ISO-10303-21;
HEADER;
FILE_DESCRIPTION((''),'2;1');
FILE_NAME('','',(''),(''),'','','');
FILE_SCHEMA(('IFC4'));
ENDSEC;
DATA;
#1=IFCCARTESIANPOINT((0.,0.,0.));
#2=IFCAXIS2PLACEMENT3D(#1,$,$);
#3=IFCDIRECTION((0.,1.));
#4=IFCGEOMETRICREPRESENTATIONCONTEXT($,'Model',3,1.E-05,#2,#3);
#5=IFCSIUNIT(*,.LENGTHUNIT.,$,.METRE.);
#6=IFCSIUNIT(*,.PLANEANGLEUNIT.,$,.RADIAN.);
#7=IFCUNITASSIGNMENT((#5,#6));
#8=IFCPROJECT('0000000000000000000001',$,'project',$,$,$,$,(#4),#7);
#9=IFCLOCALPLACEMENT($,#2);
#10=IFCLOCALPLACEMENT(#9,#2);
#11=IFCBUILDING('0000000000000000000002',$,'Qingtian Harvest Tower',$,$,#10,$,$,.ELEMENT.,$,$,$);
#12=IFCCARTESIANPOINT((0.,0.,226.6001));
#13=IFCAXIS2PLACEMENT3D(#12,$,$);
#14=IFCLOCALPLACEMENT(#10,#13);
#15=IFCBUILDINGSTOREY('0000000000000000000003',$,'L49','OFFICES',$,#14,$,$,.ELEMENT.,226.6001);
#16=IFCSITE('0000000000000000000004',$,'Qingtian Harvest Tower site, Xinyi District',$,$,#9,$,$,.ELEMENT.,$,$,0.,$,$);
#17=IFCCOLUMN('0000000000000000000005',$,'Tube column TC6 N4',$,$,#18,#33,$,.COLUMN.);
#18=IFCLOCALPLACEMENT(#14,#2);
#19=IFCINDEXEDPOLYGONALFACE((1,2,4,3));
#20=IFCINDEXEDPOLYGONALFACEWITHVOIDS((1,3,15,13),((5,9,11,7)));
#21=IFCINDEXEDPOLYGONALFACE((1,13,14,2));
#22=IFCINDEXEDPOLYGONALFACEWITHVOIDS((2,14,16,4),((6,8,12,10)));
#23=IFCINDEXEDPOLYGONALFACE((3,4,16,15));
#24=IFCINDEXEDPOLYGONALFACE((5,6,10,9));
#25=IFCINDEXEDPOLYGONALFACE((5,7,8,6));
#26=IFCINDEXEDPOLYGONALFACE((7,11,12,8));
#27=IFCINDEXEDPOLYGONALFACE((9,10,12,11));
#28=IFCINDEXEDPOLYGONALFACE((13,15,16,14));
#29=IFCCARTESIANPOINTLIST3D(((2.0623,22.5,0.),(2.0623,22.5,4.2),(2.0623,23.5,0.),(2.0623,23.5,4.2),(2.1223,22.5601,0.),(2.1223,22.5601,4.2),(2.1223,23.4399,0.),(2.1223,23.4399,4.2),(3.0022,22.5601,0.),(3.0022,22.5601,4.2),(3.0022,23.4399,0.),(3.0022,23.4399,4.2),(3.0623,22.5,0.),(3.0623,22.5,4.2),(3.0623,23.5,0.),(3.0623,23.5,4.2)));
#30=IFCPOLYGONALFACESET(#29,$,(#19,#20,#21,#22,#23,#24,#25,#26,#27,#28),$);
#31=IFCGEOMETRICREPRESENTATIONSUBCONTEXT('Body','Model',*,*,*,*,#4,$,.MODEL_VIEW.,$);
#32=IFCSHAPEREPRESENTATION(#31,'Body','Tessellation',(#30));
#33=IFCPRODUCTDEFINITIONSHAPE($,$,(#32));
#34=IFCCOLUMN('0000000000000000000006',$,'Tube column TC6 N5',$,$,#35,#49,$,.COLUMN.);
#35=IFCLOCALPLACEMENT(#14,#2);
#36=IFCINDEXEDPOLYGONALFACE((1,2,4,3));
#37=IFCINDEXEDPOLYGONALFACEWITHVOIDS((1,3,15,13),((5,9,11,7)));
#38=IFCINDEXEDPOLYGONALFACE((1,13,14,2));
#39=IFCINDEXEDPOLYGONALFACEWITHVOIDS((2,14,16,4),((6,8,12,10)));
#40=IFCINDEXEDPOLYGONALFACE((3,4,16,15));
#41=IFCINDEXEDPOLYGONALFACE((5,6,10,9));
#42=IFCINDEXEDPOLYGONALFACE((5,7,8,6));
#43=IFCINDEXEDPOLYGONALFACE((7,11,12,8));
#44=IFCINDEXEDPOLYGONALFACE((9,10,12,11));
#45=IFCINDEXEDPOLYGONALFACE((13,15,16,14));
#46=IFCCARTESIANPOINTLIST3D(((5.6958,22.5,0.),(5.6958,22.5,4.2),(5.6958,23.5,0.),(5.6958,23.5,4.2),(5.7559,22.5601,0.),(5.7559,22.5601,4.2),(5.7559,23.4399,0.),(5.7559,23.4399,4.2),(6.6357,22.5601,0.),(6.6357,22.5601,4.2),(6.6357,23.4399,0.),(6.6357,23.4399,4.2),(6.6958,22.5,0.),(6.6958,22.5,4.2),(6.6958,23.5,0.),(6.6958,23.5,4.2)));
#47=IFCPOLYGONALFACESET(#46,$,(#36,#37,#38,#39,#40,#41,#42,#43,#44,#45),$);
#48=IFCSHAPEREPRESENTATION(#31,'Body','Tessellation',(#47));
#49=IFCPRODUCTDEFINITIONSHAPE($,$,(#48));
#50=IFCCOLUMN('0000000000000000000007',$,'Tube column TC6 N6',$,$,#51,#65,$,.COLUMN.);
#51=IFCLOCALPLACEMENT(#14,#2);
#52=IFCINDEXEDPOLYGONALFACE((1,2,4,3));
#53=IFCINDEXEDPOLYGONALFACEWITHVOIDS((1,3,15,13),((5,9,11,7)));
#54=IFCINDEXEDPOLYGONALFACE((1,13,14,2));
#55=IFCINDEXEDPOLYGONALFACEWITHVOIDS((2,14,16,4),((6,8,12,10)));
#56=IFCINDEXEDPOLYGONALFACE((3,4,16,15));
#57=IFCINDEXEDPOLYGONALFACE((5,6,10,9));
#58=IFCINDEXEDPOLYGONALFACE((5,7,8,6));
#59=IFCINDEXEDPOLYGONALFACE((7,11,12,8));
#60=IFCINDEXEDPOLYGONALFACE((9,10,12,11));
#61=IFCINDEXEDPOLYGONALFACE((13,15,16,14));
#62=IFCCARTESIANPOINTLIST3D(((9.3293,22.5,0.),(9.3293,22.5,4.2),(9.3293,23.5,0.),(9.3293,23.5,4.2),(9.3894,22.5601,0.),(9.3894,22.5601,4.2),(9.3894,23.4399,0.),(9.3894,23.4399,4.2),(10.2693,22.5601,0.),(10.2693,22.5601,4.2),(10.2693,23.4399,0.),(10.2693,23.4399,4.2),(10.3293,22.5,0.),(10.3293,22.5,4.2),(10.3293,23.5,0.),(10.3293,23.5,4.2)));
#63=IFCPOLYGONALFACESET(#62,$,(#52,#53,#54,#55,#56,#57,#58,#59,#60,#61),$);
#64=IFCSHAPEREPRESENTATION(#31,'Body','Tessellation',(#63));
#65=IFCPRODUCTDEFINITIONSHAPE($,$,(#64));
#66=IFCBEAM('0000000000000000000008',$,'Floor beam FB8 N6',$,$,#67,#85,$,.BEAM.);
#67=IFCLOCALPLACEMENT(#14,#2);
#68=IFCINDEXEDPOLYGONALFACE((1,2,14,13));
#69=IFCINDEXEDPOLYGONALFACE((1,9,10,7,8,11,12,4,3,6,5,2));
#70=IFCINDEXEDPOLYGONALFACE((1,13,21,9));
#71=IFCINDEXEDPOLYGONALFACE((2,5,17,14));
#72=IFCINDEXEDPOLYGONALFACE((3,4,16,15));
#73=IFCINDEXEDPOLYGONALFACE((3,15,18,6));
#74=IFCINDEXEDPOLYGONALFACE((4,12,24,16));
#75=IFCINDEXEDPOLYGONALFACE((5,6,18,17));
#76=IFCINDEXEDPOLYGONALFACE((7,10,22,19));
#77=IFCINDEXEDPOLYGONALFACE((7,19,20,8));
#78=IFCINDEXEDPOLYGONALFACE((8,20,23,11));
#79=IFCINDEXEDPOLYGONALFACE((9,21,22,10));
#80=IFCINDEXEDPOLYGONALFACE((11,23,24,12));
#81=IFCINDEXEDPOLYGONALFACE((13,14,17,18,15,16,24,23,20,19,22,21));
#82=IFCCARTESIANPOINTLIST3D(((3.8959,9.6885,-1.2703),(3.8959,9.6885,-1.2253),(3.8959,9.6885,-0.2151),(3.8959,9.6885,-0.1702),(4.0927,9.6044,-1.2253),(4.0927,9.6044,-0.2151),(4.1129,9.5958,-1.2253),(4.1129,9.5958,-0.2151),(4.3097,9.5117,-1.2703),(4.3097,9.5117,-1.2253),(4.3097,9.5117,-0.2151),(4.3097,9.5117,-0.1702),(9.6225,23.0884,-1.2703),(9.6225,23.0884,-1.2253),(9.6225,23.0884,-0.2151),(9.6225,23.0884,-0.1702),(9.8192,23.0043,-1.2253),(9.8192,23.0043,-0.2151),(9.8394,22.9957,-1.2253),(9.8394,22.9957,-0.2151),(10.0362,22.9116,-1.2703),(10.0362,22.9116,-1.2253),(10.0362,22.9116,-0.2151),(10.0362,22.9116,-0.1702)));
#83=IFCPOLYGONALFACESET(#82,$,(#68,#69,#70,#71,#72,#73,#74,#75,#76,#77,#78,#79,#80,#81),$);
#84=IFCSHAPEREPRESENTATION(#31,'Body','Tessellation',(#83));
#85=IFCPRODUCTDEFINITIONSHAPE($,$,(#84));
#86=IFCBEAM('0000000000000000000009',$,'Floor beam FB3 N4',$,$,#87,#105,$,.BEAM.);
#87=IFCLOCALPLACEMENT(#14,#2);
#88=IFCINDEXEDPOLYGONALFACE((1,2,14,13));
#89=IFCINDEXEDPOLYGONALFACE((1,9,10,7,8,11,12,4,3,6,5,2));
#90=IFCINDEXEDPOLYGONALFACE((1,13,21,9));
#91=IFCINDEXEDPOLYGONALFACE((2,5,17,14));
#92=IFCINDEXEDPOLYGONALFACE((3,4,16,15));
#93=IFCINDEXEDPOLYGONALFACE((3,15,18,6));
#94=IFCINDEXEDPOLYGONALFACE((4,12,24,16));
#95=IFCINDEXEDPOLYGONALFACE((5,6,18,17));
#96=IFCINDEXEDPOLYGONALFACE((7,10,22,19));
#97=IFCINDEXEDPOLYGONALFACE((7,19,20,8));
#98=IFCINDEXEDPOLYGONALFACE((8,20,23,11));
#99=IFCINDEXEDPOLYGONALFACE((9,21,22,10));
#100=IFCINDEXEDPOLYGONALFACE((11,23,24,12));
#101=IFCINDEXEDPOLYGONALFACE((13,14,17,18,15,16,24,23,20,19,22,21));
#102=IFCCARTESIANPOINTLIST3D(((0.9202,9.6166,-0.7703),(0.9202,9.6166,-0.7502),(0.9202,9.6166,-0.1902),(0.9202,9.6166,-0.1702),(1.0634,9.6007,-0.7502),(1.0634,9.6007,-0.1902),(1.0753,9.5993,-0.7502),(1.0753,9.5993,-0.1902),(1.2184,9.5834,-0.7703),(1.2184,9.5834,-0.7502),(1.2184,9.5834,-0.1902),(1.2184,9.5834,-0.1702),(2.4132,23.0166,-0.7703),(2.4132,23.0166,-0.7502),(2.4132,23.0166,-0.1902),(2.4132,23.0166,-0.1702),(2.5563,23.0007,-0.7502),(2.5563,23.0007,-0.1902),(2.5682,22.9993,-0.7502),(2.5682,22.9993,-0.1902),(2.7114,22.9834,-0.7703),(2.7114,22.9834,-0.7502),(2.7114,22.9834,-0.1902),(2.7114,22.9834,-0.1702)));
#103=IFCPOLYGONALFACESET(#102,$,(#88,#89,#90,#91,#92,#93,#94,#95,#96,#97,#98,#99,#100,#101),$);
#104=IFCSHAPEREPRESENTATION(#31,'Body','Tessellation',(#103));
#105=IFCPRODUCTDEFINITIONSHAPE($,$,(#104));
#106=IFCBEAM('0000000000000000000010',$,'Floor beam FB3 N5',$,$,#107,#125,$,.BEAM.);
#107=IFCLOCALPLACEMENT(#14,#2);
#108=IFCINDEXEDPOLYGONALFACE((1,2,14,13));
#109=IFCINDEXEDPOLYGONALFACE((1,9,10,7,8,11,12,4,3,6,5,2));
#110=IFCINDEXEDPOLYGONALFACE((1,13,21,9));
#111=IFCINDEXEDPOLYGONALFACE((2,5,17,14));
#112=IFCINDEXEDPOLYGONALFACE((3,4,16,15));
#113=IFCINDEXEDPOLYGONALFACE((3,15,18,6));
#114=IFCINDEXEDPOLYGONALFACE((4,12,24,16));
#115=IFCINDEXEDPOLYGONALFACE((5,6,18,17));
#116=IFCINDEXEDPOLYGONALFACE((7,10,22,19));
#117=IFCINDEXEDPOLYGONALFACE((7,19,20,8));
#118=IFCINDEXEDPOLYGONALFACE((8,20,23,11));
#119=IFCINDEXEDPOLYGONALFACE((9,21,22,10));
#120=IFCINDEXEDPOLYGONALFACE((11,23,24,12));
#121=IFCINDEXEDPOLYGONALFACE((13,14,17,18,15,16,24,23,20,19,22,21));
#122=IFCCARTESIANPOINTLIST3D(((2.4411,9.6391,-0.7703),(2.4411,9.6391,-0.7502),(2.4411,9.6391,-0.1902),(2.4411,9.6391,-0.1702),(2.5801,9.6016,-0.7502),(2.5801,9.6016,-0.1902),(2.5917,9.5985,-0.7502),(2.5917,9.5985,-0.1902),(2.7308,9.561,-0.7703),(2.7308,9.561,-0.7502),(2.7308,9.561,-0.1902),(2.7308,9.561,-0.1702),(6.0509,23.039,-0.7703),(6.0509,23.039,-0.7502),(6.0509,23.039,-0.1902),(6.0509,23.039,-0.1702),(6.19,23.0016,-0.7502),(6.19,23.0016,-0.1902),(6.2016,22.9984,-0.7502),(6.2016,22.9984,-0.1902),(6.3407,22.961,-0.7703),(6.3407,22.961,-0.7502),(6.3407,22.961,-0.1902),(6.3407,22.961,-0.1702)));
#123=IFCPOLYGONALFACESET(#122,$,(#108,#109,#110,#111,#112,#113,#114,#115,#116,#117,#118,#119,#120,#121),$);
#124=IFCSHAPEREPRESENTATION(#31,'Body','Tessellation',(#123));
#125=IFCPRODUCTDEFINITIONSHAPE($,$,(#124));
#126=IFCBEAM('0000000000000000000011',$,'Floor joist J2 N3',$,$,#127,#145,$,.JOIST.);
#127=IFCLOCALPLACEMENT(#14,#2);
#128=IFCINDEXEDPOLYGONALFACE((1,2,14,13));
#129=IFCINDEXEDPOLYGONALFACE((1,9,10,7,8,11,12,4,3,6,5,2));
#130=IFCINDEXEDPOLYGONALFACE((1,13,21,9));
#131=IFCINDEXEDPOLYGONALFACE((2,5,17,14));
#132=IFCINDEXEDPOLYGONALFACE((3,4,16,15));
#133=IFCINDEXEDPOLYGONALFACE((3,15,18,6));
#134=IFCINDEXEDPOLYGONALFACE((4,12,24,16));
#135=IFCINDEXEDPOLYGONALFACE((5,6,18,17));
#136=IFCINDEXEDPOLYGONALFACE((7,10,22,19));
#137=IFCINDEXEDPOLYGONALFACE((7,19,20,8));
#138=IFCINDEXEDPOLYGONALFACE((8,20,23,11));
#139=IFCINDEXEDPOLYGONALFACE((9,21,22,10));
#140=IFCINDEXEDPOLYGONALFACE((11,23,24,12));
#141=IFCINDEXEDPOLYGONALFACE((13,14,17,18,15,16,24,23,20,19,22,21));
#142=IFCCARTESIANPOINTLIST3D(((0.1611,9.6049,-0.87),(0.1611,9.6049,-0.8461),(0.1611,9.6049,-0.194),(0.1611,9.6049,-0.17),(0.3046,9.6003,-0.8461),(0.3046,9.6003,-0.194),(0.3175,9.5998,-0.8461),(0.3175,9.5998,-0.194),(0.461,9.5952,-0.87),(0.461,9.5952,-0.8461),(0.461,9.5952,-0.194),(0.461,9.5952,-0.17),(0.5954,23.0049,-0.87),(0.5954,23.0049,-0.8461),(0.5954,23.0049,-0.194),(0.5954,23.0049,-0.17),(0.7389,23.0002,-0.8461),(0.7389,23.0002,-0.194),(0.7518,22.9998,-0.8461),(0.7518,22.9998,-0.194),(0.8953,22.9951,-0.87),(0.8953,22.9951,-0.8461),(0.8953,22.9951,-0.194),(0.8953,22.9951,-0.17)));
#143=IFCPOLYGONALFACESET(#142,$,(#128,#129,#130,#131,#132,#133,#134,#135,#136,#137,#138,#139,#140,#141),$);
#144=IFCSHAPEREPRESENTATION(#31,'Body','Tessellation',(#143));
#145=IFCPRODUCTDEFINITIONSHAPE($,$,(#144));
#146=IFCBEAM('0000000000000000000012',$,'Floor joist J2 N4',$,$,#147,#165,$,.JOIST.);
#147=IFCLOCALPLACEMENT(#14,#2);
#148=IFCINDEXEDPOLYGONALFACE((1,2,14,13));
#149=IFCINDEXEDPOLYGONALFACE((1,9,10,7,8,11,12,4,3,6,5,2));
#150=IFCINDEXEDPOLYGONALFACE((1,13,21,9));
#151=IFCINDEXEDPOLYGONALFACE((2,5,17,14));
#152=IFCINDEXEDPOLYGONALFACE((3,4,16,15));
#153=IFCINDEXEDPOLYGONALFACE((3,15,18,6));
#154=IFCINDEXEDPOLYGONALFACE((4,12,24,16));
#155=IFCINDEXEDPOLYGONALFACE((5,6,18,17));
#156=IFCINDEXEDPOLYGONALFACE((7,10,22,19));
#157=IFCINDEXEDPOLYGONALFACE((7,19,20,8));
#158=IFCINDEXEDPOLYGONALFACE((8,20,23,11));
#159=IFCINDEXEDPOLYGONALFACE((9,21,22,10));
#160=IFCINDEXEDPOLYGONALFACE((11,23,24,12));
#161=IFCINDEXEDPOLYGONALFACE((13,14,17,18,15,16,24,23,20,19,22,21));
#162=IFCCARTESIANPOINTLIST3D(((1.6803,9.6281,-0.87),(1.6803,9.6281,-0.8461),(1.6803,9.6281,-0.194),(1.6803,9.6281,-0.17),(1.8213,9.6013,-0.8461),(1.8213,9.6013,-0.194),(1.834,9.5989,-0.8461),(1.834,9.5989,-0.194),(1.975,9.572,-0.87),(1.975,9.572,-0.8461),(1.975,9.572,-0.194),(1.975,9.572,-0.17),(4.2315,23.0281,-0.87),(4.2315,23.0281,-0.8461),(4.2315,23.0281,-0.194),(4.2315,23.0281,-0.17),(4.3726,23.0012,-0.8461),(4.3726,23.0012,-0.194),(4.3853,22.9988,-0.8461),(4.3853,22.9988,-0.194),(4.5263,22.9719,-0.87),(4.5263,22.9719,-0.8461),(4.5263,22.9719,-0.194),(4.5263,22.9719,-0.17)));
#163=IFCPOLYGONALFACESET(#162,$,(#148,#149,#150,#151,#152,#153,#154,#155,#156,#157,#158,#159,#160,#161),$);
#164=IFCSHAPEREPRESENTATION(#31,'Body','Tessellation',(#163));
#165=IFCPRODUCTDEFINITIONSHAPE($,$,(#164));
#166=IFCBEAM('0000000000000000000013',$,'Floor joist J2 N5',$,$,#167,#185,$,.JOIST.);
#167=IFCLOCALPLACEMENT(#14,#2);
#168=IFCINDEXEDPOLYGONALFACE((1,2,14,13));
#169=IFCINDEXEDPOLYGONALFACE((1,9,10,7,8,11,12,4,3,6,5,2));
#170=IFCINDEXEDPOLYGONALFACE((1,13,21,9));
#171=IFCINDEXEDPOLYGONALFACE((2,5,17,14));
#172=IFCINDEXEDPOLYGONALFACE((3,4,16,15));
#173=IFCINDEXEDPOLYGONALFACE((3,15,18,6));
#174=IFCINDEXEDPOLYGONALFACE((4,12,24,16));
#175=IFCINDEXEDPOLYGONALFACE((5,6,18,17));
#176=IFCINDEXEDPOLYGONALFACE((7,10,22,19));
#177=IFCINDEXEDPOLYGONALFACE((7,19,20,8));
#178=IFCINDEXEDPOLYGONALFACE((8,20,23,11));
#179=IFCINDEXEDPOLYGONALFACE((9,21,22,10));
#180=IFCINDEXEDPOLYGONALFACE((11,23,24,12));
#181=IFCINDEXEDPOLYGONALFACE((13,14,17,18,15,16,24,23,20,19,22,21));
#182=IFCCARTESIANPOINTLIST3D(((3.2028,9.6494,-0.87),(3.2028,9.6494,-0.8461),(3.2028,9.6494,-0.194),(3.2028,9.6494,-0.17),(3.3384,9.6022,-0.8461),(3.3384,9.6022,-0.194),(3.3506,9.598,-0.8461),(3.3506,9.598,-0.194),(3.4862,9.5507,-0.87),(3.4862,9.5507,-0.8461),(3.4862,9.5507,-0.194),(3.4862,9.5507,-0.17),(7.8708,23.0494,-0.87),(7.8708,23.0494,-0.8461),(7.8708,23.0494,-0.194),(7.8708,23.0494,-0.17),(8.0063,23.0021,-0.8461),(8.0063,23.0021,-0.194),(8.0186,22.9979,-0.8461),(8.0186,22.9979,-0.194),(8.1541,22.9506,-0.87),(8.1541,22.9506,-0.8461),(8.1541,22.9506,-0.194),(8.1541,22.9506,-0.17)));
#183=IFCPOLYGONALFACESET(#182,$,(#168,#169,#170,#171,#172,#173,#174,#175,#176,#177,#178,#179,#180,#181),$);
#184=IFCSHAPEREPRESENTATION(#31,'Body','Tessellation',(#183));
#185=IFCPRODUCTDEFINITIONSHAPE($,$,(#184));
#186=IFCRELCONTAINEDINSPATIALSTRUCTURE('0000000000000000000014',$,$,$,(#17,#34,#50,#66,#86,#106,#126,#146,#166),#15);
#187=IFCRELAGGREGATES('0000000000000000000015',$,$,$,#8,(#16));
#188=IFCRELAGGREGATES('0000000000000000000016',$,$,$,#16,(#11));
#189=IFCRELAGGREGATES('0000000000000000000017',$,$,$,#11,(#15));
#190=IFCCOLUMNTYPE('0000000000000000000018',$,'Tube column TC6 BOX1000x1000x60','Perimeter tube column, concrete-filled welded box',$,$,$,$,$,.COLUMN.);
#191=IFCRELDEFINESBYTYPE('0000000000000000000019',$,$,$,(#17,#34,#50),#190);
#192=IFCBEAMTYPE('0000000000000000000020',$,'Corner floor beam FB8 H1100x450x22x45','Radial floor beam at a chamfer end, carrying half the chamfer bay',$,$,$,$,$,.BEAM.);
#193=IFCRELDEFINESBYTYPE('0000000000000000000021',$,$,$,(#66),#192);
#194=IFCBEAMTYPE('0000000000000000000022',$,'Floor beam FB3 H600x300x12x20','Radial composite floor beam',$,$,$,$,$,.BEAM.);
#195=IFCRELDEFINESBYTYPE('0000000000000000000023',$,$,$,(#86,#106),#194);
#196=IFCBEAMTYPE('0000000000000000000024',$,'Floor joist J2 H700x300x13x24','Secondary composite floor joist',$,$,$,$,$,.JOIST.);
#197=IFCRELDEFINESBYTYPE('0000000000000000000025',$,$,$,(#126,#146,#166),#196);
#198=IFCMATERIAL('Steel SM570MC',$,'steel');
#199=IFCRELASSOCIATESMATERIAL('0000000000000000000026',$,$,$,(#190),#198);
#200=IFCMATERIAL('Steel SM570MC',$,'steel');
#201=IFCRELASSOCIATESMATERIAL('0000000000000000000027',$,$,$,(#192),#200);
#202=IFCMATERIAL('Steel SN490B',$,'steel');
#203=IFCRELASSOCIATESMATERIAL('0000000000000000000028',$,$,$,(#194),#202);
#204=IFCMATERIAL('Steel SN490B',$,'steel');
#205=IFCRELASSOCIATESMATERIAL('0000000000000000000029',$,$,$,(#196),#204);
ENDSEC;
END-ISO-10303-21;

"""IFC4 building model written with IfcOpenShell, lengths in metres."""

from ifc_helpers import new_model, si_unit, direction, frame, origin, origin_2d, place, context, subcontext, project, spatial, hollow_rectangle, i_section, extrude, material, material_profile, profile_set, type_object, element, save


model = new_model("IFC4")

# Units and contexts
model_context = context("Model", 3, precision=1e-05, world=origin(), true_north=direction((0.0, 1.0)))
body_context = subcontext(model_context, "Body", "Model", "MODEL_VIEW")
ifc_project = project(units=[si_unit("LENGTHUNIT", "METRE"), si_unit("PLANEANGLEUNIT", "RADIAN")], contexts=[model_context])

# Site, building, storey
site_placement = place(None, origin())
site = spatial("IfcSite", under=ifc_project, at=site_placement, Name="Qingtian Harvest Tower site, Xinyi District", CompositionType="ELEMENT", RefElevation=0.0)
building_placement = place(site_placement, origin())
building = spatial("IfcBuilding", under=site, at=building_placement, Name="Qingtian Harvest Tower", CompositionType="ELEMENT")
storey_placement = place(building_placement, frame((0.0, 0.0, 226.6001)))
storey = spatial("IfcBuildingStorey", under=building, at=storey_placement, Name="L49", Description="OFFICES", CompositionType="ELEMENT", Elevation=226.6001)

# Columns
ifc_material_1 = material(Name="Steel SM570MC", Category="steel")
ifc_material_profile_1 = material_profile(ifc_material_1, hollow_rectangle(XDim=1.0, YDim=1.0, WallThickness=0.0601, at=origin_2d()), Name="BOX1000x1000x60")
ifc_profile_set_1 = profile_set([ifc_material_profile_1], Name="Steel SM570MC")
column_type = type_object("IfcColumnType", Name="Tube column TC6 BOX1000x1000x60", Description="Perimeter tube column, concrete-filled welded box", PredefinedType="COLUMN", material=ifc_profile_set_1)
for number, where, z_axis, x_axis, name in (
    (1, (2.5623, 23.0, 0.0), (0.0, 0.0, 1.0), (-1.0, 0.0, 0.0), "Tube column TC6 N4"),
    (2, (6.1958, 23.0, 0.0), (0.0, 0.0, 1.0), (-1.0, 0.0, 0.0), "Tube column TC6 N5"),
    (3, (9.8293, 23.0, 0.0), (0.0, 0.0, 1.0), (-1.0, 0.0, 0.0), "Tube column TC6 N6"),
):
    element("IfcColumn", number, at=place(storey_placement, frame(where, z_axis=z_axis, x_axis=x_axis)), inside=storey, type_object=column_type, Name=name, PredefinedType="COLUMN", context=body_context, shape_type="SweptSolid", body=[
        extrude(hollow_rectangle(XDim=1.0, YDim=1.0, WallThickness=0.0601, at=origin_2d()), origin(), (0.0, 0.0, 1.0), 4.2),
    ])

# Beams
ifc_material_2 = material(Name="Steel SM570MC", Category="steel")
ifc_material_profile_2 = material_profile(ifc_material_2, i_section(OverallWidth=0.45, OverallDepth=1.1001, WebThickness=0.022, FlangeThickness=0.0449, at=origin_2d()), Name="H1100x450x22x45")
ifc_profile_set_2 = profile_set([ifc_material_profile_2], Name="Steel SM570MC")
beam_type_1 = type_object("IfcBeamType", Name="Corner floor beam FB8 H1100x450x22x45", Description="Radial floor beam at a chamfer end, carrying half the chamfer bay", PredefinedType="BEAM", material=ifc_profile_set_2)
beam_1_placement = place(storey_placement, frame((9.8293, 23.0, -0.7202), z_axis=(-0.392977, -0.919548, 0.0), x_axis=(0.919548, -0.392977, 0.0)))
element("IfcBeam", 4, at=beam_1_placement, inside=storey, type_object=beam_type_1, Name="Floor beam FB8 N6", PredefinedType="BEAM", context=body_context, shape_type="SweptSolid", body=[
    extrude(i_section(OverallWidth=0.45, OverallDepth=1.1001, WebThickness=0.022, FlangeThickness=0.0449, at=origin_2d()), origin(), (0.0, 0.0, 1.0), 14.5723),
])
ifc_material_3 = material(Name="Steel SN490B", Category="steel")
ifc_material_profile_3 = material_profile(ifc_material_3, i_section(OverallWidth=0.3, OverallDepth=0.6001, WebThickness=0.012, FlangeThickness=0.02, at=origin_2d()), Name="H600x300x12x20")
ifc_profile_set_3 = profile_set([ifc_material_profile_3], Name="Steel SN490B")
beam_type_2 = type_object("IfcBeamType", Name="Floor beam FB3 H600x300x12x20", Description="Radial composite floor beam", PredefinedType="BEAM", material=ifc_profile_set_3)
beam_2_placement = place(storey_placement, frame((2.5623, 23.0, -0.4702), z_axis=(-0.110728, -0.993851, 0.0), x_axis=(0.993851, -0.110728, 0.0)))
element("IfcBeam", 5, at=beam_2_placement, inside=storey, type_object=beam_type_2, Name="Floor beam FB3 N4", PredefinedType="BEAM", context=body_context, shape_type="SweptSolid", body=[
    extrude(i_section(OverallWidth=0.3, OverallDepth=0.6001, WebThickness=0.012, FlangeThickness=0.02, at=origin_2d()), origin(), (0.0, 0.0, 1.0), 13.4829),
])
beam_3_placement = place(storey_placement, frame((6.1958, 23.0, -0.4702), z_axis=(-0.260121, -0.965576, 0.0), x_axis=(0.965576, -0.260121, 0.0)))
element("IfcBeam", 6, at=beam_3_placement, inside=storey, type_object=beam_type_2, Name="Floor beam FB3 N5", PredefinedType="BEAM", context=body_context, shape_type="SweptSolid", body=[
    extrude(i_section(OverallWidth=0.3, OverallDepth=0.6001, WebThickness=0.012, FlangeThickness=0.02, at=origin_2d()), origin(), (0.0, 0.0, 1.0), 13.8777),
])
ifc_material_4 = material(Name="Steel SN490B", Category="steel")
ifc_material_profile_4 = material_profile(ifc_material_4, i_section(OverallWidth=0.3, OverallDepth=0.7, WebThickness=0.0129, FlangeThickness=0.0239, at=origin_2d()), Name="H700x300x13x24")
ifc_profile_set_4 = profile_set([ifc_material_profile_4], Name="Steel SN490B")
beam_type_3 = type_object("IfcBeamType", Name="Floor joist J2 H700x300x13x24", Description="Secondary composite floor joist", PredefinedType="JOIST", material=ifc_profile_set_4)
beam_4_placement = place(storey_placement, frame((0.7454, 23.0, -0.52), z_axis=(-0.032396, -0.999475, 0.0), x_axis=(0.999475, -0.032396, 0.0)))
element("IfcBeam", 7, at=beam_4_placement, inside=storey, type_object=beam_type_3, Name="Floor joist J2 N3", PredefinedType="JOIST", context=body_context, shape_type="SweptSolid", body=[
    extrude(i_section(OverallWidth=0.3, OverallDepth=0.7, WebThickness=0.0129, FlangeThickness=0.0239, at=origin_2d()), origin(), (0.0, 0.0, 1.0), 13.407),
])
beam_5_placement = place(storey_placement, frame((4.3789, 23.0, -0.52), z_axis=(-0.187035, -0.982353, 0.0), x_axis=(0.982353, -0.187035, 0.0)))
element("IfcBeam", 8, at=beam_5_placement, inside=storey, type_object=beam_type_3, Name="Floor joist J2 N4", PredefinedType="JOIST", context=body_context, shape_type="SweptSolid", body=[
    extrude(i_section(OverallWidth=0.3, OverallDepth=0.7, WebThickness=0.0129, FlangeThickness=0.0239, at=origin_2d()), origin(), (0.0, 0.0, 1.0), 13.6406),
])
beam_6_placement = place(storey_placement, frame((8.0125, 23.0, -0.52), z_axis=(-0.328969, -0.944341, 0.0), x_axis=(0.944341, -0.328969, 0.0)))
element("IfcBeam", 9, at=beam_6_placement, inside=storey, type_object=beam_type_3, Name="Floor joist J2 N5", PredefinedType="JOIST", context=body_context, shape_type="SweptSolid", body=[
    extrude(i_section(OverallWidth=0.3, OverallDepth=0.7, WebThickness=0.0129, FlangeThickness=0.0239, at=origin_2d()), origin(), (0.0, 0.0, 1.0), 14.1897),
])

save(model, "model.ifc")
